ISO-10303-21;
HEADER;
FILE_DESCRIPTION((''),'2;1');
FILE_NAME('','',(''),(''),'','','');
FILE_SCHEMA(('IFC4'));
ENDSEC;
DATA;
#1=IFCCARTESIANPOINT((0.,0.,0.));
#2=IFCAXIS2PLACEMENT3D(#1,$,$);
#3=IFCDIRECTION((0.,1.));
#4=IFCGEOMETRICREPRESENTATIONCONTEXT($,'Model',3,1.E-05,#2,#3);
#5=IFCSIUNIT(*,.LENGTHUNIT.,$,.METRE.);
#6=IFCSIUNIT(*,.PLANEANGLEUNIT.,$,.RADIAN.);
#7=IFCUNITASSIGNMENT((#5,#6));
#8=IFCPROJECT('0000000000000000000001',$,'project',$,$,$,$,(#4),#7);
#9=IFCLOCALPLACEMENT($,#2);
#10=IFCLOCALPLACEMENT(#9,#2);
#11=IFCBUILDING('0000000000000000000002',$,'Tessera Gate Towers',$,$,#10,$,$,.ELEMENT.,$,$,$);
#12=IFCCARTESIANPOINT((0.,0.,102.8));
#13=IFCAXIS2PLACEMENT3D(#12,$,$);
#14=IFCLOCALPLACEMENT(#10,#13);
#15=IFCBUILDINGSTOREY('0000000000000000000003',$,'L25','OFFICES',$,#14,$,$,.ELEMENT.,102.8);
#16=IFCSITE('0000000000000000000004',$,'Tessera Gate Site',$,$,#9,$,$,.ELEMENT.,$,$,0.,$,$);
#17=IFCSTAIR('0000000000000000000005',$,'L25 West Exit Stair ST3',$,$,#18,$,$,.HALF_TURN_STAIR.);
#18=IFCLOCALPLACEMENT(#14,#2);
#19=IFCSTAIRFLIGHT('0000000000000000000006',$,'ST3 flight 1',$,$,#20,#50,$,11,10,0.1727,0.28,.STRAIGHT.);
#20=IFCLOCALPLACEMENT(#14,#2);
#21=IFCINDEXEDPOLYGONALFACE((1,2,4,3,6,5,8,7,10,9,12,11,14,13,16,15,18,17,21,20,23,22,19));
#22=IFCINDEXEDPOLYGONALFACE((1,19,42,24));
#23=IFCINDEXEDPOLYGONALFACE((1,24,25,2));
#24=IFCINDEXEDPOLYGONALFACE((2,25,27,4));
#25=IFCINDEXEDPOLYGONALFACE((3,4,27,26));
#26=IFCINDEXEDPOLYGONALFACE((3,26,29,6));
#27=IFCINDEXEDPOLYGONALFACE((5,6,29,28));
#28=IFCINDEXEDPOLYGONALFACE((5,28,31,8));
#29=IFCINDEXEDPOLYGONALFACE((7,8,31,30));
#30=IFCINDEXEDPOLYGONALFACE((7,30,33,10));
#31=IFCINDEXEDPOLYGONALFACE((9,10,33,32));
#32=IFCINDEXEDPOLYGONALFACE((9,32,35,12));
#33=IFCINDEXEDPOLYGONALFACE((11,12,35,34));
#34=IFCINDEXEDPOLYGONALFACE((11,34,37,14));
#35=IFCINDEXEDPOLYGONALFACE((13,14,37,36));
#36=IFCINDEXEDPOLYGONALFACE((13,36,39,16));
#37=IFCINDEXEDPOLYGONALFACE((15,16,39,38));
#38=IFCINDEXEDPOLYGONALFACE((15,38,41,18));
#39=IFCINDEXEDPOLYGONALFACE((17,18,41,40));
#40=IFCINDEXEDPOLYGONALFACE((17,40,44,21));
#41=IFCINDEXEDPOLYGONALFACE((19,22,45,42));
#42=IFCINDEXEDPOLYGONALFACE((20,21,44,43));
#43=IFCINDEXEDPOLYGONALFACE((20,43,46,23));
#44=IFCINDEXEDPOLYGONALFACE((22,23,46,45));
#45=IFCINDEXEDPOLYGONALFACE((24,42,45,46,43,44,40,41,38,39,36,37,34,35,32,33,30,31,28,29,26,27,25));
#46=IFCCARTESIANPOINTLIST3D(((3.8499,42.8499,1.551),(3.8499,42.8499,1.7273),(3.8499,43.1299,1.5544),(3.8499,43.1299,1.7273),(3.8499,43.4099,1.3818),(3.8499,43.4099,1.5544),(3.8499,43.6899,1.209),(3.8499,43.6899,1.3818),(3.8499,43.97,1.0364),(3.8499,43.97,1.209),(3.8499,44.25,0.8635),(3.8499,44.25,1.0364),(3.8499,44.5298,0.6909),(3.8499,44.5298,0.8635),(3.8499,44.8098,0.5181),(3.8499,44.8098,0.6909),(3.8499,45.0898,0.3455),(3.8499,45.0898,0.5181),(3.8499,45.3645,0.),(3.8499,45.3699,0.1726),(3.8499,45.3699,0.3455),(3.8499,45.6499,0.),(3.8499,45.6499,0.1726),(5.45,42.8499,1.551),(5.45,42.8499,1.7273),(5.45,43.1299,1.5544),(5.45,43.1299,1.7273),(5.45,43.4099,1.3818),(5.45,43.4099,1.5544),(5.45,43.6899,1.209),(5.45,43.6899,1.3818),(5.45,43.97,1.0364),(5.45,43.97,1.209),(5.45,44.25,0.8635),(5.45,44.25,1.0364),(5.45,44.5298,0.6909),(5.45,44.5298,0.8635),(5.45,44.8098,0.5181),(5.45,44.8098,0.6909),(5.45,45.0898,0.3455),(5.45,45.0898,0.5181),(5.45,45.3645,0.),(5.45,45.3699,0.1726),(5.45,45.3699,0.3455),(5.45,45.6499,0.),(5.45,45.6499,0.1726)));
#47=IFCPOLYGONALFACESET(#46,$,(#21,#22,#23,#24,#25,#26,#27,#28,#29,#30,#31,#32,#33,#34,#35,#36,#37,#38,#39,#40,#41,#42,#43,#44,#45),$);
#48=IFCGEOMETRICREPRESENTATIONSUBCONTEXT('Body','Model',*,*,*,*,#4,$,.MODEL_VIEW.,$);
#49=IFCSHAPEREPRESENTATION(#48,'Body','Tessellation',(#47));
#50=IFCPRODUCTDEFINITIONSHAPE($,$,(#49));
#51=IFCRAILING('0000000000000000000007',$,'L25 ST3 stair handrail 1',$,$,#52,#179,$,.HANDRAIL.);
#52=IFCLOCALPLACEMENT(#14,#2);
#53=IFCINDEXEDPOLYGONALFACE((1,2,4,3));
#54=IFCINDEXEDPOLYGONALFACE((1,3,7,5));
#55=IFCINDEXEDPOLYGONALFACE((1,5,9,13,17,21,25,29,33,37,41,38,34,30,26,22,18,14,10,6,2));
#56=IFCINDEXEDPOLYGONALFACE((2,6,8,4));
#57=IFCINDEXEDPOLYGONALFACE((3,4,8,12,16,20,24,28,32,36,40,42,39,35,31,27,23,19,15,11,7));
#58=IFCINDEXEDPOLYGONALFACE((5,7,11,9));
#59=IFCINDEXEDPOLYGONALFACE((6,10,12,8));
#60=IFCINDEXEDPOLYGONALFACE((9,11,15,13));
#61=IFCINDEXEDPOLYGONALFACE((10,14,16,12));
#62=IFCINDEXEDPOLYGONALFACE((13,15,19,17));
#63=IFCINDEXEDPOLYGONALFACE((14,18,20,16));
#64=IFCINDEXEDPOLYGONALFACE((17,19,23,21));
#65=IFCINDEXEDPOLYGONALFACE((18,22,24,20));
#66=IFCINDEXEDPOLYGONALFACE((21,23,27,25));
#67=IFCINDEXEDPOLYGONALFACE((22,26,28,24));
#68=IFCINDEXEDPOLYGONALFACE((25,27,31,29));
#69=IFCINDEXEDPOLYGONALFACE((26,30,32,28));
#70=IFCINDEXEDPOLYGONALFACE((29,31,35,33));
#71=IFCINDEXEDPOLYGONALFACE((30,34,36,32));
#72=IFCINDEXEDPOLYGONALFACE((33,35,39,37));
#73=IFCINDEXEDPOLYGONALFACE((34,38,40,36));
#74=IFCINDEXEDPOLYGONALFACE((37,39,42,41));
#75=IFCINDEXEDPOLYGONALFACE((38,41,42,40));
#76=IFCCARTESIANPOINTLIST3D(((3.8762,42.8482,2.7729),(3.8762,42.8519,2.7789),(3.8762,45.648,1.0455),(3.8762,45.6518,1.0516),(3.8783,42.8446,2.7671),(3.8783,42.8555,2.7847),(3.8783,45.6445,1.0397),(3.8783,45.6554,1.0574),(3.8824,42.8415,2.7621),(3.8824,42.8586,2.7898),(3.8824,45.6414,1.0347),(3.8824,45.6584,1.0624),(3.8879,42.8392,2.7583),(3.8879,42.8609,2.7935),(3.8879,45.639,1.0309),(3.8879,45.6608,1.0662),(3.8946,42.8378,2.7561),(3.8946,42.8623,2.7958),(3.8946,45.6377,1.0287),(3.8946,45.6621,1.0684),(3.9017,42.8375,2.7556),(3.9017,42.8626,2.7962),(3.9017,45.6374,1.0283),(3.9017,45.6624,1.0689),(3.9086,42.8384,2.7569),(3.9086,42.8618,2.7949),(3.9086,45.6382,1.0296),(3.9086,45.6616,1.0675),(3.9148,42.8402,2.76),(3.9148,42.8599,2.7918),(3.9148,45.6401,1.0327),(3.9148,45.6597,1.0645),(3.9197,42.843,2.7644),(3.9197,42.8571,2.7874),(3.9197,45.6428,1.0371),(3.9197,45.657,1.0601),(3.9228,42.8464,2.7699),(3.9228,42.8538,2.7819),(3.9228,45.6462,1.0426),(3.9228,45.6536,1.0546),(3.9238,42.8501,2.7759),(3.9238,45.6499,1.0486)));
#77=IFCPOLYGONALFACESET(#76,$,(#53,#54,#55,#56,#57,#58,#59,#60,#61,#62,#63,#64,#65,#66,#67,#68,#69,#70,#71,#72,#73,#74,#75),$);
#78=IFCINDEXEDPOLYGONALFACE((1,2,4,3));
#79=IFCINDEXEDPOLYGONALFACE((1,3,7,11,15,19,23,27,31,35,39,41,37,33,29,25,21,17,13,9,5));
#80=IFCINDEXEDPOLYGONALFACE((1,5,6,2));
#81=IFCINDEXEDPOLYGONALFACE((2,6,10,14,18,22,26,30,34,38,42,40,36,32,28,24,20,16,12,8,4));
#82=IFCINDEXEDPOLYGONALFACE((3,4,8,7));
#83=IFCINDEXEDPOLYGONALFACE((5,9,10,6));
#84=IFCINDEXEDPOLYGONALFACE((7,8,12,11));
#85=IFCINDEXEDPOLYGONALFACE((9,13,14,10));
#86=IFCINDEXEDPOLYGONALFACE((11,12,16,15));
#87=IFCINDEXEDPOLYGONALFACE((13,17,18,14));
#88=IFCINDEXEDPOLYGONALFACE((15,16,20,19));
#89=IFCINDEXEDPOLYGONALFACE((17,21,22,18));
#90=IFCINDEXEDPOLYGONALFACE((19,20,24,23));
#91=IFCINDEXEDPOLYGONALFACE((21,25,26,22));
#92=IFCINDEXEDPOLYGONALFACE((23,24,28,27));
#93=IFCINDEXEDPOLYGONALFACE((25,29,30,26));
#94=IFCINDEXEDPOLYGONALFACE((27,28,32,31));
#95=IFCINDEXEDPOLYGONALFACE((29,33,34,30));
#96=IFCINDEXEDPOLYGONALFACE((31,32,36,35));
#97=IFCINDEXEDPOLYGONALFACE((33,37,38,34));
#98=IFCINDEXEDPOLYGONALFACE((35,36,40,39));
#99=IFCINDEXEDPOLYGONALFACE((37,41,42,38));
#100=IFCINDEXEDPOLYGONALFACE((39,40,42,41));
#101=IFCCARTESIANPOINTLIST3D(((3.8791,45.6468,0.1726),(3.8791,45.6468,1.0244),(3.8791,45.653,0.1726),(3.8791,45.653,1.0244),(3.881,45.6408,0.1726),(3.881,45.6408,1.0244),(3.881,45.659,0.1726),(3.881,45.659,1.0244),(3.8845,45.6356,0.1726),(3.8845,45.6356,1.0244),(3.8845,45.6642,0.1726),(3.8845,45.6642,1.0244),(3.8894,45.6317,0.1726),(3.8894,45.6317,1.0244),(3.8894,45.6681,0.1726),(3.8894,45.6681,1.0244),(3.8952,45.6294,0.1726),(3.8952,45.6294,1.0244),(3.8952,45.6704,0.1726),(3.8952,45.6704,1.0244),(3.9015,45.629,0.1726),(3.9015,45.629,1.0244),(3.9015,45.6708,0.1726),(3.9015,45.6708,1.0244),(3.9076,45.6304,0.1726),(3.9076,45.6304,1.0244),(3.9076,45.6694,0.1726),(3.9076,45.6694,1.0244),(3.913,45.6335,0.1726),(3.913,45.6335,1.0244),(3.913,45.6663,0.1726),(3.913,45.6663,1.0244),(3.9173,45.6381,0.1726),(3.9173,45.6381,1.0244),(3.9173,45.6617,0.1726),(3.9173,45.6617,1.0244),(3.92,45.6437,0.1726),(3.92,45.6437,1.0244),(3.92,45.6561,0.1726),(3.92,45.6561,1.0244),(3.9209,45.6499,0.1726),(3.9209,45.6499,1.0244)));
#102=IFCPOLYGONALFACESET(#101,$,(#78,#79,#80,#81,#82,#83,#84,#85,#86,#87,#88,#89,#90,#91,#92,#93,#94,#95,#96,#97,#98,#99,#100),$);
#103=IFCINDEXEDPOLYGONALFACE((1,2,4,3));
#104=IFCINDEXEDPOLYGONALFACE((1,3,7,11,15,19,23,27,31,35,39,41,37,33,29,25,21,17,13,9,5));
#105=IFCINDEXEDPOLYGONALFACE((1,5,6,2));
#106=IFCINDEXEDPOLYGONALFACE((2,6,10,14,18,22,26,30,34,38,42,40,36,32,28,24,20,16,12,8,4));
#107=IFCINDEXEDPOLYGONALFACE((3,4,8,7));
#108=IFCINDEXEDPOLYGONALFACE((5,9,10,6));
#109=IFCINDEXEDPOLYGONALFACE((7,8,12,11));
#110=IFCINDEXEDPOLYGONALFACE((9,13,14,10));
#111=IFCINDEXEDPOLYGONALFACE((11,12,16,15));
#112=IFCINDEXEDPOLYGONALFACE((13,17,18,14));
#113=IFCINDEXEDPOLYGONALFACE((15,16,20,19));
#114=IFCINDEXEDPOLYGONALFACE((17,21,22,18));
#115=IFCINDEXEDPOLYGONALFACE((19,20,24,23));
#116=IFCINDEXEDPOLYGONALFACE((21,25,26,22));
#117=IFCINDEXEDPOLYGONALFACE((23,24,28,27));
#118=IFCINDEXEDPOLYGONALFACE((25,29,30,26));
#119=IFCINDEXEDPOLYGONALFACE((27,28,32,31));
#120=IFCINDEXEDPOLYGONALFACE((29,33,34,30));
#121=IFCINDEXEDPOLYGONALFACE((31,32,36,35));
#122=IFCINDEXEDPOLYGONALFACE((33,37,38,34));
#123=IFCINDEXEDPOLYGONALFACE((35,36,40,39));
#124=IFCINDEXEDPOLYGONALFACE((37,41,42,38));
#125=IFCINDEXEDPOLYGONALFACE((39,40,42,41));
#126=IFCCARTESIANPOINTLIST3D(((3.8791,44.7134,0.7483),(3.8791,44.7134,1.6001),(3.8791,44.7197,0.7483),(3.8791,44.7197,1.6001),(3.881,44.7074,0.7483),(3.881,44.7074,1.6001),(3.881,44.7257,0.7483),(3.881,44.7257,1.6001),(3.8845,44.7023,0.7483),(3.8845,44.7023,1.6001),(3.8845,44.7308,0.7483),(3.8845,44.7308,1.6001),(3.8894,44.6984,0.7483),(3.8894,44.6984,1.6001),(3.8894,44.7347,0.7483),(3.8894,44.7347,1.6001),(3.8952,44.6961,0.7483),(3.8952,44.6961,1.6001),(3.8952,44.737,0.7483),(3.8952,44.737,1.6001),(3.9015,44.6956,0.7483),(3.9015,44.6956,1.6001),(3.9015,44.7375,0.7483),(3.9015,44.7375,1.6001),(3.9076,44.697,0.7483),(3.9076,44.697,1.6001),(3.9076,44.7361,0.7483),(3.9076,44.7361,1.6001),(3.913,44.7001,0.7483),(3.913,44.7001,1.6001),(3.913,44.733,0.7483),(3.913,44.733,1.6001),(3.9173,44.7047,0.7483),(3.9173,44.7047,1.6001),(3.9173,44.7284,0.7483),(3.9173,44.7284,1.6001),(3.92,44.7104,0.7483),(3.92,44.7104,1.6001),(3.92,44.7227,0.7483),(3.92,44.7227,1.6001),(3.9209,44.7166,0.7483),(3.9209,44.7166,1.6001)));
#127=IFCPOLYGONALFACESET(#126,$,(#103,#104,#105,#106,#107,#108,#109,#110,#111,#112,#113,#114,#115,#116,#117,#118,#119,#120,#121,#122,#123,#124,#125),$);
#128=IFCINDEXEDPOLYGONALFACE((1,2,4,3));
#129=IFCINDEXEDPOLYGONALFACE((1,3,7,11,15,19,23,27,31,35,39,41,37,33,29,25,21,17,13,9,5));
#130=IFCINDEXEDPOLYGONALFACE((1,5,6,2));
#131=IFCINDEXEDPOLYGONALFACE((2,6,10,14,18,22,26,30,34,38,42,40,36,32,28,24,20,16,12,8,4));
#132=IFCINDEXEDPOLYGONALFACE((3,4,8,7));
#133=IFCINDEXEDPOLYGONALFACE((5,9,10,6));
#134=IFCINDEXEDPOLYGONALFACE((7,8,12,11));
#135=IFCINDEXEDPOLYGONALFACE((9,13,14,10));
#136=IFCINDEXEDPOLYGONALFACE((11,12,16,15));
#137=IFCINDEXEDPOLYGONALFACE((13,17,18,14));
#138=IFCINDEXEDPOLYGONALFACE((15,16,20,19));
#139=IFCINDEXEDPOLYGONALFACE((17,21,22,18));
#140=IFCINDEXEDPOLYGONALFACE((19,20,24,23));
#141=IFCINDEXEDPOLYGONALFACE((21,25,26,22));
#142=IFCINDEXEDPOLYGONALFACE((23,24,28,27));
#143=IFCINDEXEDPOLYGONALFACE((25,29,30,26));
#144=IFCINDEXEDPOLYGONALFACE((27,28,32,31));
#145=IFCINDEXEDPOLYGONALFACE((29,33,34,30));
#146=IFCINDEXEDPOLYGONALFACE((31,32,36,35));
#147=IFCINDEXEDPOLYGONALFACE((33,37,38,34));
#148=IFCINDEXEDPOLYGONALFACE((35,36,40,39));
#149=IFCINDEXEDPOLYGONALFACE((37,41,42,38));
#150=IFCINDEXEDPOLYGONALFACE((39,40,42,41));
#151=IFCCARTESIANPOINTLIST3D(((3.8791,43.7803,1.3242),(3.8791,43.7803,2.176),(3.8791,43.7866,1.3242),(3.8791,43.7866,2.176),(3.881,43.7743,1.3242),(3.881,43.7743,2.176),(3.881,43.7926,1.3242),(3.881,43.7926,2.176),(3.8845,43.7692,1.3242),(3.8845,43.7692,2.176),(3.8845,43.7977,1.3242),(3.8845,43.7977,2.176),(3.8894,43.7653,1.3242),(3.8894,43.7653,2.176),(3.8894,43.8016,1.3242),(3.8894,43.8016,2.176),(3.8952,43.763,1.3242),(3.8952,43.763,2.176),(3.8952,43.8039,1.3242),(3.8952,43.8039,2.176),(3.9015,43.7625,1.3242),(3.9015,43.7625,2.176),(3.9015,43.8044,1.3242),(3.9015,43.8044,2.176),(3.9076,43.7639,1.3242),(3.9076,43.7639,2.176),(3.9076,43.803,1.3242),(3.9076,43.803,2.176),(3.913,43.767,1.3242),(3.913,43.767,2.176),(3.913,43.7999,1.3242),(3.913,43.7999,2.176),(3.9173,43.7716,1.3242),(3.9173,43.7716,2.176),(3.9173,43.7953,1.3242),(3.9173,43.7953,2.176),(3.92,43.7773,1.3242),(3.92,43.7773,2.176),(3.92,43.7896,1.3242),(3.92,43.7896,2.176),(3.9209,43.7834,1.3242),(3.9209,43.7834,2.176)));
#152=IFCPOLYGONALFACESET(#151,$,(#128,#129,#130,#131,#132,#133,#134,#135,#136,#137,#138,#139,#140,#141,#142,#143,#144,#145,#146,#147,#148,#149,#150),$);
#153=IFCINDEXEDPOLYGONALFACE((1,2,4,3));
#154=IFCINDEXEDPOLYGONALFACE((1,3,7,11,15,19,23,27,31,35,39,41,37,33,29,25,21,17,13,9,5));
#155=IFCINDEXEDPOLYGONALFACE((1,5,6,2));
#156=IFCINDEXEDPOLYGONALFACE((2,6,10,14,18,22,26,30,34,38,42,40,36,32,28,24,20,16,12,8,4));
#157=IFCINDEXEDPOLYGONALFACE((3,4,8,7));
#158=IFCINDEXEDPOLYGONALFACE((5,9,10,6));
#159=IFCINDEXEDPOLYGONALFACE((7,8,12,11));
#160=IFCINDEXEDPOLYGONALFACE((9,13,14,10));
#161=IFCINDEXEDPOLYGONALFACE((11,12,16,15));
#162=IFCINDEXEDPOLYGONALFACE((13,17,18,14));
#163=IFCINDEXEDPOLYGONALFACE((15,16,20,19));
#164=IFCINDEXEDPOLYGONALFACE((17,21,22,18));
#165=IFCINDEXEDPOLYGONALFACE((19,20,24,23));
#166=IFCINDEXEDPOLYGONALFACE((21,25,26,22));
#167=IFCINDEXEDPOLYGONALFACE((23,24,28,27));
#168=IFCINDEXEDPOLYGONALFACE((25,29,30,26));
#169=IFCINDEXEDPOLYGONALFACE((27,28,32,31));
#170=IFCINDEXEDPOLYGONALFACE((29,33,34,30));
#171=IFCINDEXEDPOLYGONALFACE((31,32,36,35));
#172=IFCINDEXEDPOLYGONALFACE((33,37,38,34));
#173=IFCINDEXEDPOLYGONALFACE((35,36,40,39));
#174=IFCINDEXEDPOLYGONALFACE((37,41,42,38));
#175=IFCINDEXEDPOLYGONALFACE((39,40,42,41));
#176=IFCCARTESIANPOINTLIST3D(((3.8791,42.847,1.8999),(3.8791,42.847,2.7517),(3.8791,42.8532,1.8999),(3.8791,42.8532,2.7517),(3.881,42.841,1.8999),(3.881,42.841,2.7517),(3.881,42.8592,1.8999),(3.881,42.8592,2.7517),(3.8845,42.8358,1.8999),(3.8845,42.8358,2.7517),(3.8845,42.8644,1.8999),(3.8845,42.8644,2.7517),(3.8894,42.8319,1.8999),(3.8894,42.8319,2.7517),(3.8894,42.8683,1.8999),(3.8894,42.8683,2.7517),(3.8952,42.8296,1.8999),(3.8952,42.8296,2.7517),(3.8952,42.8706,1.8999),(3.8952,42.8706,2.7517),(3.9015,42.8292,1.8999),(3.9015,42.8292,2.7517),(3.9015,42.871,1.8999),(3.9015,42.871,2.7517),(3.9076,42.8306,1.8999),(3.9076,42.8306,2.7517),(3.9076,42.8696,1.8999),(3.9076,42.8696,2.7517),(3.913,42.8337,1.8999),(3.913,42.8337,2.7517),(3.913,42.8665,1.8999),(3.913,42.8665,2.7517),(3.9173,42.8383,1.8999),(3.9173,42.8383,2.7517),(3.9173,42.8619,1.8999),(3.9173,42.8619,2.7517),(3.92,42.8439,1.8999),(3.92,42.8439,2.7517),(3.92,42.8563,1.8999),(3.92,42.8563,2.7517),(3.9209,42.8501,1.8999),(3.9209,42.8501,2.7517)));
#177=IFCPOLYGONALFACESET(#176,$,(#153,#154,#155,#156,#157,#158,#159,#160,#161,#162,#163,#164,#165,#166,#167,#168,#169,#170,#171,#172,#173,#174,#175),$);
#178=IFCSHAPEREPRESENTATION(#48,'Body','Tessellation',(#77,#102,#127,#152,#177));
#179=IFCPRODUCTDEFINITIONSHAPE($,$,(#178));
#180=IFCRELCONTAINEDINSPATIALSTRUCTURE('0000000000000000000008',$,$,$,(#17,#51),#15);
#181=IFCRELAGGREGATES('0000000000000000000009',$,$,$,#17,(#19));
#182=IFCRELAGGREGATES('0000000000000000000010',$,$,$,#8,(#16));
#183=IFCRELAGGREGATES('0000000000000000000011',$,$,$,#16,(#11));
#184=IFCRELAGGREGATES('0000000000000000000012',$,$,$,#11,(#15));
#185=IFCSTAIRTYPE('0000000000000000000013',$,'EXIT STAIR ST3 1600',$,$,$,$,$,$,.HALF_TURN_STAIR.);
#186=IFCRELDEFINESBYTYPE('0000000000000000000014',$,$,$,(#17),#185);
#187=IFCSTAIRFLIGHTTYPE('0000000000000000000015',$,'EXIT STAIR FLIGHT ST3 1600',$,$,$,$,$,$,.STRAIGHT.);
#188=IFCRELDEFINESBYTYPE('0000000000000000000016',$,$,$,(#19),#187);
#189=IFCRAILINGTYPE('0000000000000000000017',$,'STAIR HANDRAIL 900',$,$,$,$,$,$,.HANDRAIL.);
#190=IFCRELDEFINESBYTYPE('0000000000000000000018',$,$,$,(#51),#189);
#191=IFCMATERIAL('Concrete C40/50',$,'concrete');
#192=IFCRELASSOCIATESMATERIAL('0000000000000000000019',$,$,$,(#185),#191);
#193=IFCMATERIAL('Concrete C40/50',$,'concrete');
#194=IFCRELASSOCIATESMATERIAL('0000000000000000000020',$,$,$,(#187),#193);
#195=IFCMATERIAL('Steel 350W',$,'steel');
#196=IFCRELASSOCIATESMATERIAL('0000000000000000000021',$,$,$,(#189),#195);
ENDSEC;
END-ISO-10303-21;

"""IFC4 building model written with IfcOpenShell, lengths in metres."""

from ifc_helpers import new_model, si_unit, direction, frame, origin, origin_2d, place, context, subcontext, project, spatial, polyline, circle, outline, extrude, material, type_object, element, aggregate, save


model = new_model("IFC4")

# Units and contexts
model_context = context("Model", 3, precision=1e-05, world=origin(), true_north=direction((0.0, 1.0)))
body_context = subcontext(model_context, "Body", "Model", "MODEL_VIEW")
ifc_project = project(units=[si_unit("LENGTHUNIT", "METRE"), si_unit("PLANEANGLEUNIT", "RADIAN")], contexts=[model_context])

# Site, building, storey
site_placement = place(None, origin())
site = spatial("IfcSite", under=ifc_project, at=site_placement, Name="Tessera Gate Site", CompositionType="ELEMENT", RefElevation=0.0)
building_placement = place(site_placement, origin())
building = spatial("IfcBuilding", under=site, at=building_placement, Name="Tessera Gate Towers", CompositionType="ELEMENT")
storey_placement = place(building_placement, frame((0.0, 0.0, 102.8)))
storey = spatial("IfcBuildingStorey", under=building, at=storey_placement, Name="L25", Description="OFFICES", CompositionType="ELEMENT", Elevation=102.8)

# Stair, stair flight
ifc_material_1 = material(Name="Concrete C40/50", Category="concrete")
stair_type = type_object("IfcStairType", Name="EXIT STAIR ST3 1600", PredefinedType="HALF_TURN_STAIR", material=ifc_material_1)
stair_placement = place(storey_placement, origin())
stair = element("IfcStair", 1, at=stair_placement, inside=storey, type_object=stair_type, Name="L25 West Exit Stair ST3", PredefinedType="HALF_TURN_STAIR")
ifc_material_2 = material(Name="Concrete C40/50", Category="concrete")
stair_flight_type = type_object("IfcStairFlightType", Name="EXIT STAIR FLIGHT ST3 1600", PredefinedType="STRAIGHT", material=ifc_material_2)
stair_flight_placement = place(storey_placement, frame((4.6499, 45.6499, 0.0), z_axis=(0.0, 0.0, 1.0), x_axis=(0.0, -1.0, 0.0)))
stair_flight = element("IfcStairFlight", 2, at=stair_flight_placement, type_object=stair_flight_type, Name="ST3 flight 1", NumberOfRisers=11, NumberOfTreads=10, PredefinedType="STRAIGHT", RiserHeight=0.1727, TreadLength=0.28, context=body_context, shape_type="SweptSolid", body=[
    extrude(outline(polyline([(0.0, 0.0), (0.0, 0.1726), (0.28, 0.1726), (0.28, 0.3455), (0.5601, 0.3455), (0.5601, 0.5181), (0.8401, 0.5181), (0.8401, 0.6909), (1.1201, 0.6909), (1.1201, 0.8635), (1.3999, 0.8635), (1.3999, 1.0364), (1.6799, 1.0364), (1.6799, 1.209), (1.96, 1.209), (1.96, 1.3818), (2.24, 1.3818), (2.24, 1.5544), (2.52, 1.5544), (2.52, 1.7273), (2.8, 1.7273), (2.8, 1.8999), (2.8, 1.551), (0.2854, 0.0), (0.0, 0.0)])), frame((0.0, 0.8, 0.0), z_axis=(0.0, -1.0, 0.0), x_axis=(1.0, 0.0, 0.0)), (0.0, 0.0, 1.0), 1.6001),
])
aggregate(stair, [stair_flight])

# Railing
ifc_material_3 = material(Name="Steel 350W", Category="steel")
railing_type_1 = type_object("IfcRailingType", Name="STAIR HANDRAIL 900", PredefinedType="HANDRAIL", material=ifc_material_3)
railing_1_placement = place(storey_placement, frame((3.8999, 45.6499, 0.1726)))
element("IfcRailing", 3, at=railing_1_placement, inside=storey, type_object=railing_type_1, Name="L25 ST3 stair handrail 1", PredefinedType="HANDRAIL", context=body_context, shape_type="SweptSolid", body=[
    extrude(circle(Radius=0.0239, at=origin_2d()), frame((0.0, 0.0, 0.876), z_axis=(0.0, -0.851069, 0.525054), x_axis=(1.0, 0.0, 0.0)), (0.0, 0.0, 1.0), 3.2898),
    extrude(circle(Radius=0.021, at=origin_2d()), origin(), (0.0, 0.0, 1.0), 0.8518),
    extrude(circle(Radius=0.021, at=origin_2d()), frame((0.0, -0.9333, 0.5757)), (0.0, 0.0, 1.0), 0.8518),
    extrude(circle(Radius=0.021, at=origin_2d()), frame((0.0, -1.8665, 1.1516)), (0.0, 0.0, 1.0), 0.8518),
    extrude(circle(Radius=0.021, at=origin_2d()), frame((0.0, -2.7998, 1.7273)), (0.0, 0.0, 1.0), 0.8518),
])

save(model, "model.ifc")
